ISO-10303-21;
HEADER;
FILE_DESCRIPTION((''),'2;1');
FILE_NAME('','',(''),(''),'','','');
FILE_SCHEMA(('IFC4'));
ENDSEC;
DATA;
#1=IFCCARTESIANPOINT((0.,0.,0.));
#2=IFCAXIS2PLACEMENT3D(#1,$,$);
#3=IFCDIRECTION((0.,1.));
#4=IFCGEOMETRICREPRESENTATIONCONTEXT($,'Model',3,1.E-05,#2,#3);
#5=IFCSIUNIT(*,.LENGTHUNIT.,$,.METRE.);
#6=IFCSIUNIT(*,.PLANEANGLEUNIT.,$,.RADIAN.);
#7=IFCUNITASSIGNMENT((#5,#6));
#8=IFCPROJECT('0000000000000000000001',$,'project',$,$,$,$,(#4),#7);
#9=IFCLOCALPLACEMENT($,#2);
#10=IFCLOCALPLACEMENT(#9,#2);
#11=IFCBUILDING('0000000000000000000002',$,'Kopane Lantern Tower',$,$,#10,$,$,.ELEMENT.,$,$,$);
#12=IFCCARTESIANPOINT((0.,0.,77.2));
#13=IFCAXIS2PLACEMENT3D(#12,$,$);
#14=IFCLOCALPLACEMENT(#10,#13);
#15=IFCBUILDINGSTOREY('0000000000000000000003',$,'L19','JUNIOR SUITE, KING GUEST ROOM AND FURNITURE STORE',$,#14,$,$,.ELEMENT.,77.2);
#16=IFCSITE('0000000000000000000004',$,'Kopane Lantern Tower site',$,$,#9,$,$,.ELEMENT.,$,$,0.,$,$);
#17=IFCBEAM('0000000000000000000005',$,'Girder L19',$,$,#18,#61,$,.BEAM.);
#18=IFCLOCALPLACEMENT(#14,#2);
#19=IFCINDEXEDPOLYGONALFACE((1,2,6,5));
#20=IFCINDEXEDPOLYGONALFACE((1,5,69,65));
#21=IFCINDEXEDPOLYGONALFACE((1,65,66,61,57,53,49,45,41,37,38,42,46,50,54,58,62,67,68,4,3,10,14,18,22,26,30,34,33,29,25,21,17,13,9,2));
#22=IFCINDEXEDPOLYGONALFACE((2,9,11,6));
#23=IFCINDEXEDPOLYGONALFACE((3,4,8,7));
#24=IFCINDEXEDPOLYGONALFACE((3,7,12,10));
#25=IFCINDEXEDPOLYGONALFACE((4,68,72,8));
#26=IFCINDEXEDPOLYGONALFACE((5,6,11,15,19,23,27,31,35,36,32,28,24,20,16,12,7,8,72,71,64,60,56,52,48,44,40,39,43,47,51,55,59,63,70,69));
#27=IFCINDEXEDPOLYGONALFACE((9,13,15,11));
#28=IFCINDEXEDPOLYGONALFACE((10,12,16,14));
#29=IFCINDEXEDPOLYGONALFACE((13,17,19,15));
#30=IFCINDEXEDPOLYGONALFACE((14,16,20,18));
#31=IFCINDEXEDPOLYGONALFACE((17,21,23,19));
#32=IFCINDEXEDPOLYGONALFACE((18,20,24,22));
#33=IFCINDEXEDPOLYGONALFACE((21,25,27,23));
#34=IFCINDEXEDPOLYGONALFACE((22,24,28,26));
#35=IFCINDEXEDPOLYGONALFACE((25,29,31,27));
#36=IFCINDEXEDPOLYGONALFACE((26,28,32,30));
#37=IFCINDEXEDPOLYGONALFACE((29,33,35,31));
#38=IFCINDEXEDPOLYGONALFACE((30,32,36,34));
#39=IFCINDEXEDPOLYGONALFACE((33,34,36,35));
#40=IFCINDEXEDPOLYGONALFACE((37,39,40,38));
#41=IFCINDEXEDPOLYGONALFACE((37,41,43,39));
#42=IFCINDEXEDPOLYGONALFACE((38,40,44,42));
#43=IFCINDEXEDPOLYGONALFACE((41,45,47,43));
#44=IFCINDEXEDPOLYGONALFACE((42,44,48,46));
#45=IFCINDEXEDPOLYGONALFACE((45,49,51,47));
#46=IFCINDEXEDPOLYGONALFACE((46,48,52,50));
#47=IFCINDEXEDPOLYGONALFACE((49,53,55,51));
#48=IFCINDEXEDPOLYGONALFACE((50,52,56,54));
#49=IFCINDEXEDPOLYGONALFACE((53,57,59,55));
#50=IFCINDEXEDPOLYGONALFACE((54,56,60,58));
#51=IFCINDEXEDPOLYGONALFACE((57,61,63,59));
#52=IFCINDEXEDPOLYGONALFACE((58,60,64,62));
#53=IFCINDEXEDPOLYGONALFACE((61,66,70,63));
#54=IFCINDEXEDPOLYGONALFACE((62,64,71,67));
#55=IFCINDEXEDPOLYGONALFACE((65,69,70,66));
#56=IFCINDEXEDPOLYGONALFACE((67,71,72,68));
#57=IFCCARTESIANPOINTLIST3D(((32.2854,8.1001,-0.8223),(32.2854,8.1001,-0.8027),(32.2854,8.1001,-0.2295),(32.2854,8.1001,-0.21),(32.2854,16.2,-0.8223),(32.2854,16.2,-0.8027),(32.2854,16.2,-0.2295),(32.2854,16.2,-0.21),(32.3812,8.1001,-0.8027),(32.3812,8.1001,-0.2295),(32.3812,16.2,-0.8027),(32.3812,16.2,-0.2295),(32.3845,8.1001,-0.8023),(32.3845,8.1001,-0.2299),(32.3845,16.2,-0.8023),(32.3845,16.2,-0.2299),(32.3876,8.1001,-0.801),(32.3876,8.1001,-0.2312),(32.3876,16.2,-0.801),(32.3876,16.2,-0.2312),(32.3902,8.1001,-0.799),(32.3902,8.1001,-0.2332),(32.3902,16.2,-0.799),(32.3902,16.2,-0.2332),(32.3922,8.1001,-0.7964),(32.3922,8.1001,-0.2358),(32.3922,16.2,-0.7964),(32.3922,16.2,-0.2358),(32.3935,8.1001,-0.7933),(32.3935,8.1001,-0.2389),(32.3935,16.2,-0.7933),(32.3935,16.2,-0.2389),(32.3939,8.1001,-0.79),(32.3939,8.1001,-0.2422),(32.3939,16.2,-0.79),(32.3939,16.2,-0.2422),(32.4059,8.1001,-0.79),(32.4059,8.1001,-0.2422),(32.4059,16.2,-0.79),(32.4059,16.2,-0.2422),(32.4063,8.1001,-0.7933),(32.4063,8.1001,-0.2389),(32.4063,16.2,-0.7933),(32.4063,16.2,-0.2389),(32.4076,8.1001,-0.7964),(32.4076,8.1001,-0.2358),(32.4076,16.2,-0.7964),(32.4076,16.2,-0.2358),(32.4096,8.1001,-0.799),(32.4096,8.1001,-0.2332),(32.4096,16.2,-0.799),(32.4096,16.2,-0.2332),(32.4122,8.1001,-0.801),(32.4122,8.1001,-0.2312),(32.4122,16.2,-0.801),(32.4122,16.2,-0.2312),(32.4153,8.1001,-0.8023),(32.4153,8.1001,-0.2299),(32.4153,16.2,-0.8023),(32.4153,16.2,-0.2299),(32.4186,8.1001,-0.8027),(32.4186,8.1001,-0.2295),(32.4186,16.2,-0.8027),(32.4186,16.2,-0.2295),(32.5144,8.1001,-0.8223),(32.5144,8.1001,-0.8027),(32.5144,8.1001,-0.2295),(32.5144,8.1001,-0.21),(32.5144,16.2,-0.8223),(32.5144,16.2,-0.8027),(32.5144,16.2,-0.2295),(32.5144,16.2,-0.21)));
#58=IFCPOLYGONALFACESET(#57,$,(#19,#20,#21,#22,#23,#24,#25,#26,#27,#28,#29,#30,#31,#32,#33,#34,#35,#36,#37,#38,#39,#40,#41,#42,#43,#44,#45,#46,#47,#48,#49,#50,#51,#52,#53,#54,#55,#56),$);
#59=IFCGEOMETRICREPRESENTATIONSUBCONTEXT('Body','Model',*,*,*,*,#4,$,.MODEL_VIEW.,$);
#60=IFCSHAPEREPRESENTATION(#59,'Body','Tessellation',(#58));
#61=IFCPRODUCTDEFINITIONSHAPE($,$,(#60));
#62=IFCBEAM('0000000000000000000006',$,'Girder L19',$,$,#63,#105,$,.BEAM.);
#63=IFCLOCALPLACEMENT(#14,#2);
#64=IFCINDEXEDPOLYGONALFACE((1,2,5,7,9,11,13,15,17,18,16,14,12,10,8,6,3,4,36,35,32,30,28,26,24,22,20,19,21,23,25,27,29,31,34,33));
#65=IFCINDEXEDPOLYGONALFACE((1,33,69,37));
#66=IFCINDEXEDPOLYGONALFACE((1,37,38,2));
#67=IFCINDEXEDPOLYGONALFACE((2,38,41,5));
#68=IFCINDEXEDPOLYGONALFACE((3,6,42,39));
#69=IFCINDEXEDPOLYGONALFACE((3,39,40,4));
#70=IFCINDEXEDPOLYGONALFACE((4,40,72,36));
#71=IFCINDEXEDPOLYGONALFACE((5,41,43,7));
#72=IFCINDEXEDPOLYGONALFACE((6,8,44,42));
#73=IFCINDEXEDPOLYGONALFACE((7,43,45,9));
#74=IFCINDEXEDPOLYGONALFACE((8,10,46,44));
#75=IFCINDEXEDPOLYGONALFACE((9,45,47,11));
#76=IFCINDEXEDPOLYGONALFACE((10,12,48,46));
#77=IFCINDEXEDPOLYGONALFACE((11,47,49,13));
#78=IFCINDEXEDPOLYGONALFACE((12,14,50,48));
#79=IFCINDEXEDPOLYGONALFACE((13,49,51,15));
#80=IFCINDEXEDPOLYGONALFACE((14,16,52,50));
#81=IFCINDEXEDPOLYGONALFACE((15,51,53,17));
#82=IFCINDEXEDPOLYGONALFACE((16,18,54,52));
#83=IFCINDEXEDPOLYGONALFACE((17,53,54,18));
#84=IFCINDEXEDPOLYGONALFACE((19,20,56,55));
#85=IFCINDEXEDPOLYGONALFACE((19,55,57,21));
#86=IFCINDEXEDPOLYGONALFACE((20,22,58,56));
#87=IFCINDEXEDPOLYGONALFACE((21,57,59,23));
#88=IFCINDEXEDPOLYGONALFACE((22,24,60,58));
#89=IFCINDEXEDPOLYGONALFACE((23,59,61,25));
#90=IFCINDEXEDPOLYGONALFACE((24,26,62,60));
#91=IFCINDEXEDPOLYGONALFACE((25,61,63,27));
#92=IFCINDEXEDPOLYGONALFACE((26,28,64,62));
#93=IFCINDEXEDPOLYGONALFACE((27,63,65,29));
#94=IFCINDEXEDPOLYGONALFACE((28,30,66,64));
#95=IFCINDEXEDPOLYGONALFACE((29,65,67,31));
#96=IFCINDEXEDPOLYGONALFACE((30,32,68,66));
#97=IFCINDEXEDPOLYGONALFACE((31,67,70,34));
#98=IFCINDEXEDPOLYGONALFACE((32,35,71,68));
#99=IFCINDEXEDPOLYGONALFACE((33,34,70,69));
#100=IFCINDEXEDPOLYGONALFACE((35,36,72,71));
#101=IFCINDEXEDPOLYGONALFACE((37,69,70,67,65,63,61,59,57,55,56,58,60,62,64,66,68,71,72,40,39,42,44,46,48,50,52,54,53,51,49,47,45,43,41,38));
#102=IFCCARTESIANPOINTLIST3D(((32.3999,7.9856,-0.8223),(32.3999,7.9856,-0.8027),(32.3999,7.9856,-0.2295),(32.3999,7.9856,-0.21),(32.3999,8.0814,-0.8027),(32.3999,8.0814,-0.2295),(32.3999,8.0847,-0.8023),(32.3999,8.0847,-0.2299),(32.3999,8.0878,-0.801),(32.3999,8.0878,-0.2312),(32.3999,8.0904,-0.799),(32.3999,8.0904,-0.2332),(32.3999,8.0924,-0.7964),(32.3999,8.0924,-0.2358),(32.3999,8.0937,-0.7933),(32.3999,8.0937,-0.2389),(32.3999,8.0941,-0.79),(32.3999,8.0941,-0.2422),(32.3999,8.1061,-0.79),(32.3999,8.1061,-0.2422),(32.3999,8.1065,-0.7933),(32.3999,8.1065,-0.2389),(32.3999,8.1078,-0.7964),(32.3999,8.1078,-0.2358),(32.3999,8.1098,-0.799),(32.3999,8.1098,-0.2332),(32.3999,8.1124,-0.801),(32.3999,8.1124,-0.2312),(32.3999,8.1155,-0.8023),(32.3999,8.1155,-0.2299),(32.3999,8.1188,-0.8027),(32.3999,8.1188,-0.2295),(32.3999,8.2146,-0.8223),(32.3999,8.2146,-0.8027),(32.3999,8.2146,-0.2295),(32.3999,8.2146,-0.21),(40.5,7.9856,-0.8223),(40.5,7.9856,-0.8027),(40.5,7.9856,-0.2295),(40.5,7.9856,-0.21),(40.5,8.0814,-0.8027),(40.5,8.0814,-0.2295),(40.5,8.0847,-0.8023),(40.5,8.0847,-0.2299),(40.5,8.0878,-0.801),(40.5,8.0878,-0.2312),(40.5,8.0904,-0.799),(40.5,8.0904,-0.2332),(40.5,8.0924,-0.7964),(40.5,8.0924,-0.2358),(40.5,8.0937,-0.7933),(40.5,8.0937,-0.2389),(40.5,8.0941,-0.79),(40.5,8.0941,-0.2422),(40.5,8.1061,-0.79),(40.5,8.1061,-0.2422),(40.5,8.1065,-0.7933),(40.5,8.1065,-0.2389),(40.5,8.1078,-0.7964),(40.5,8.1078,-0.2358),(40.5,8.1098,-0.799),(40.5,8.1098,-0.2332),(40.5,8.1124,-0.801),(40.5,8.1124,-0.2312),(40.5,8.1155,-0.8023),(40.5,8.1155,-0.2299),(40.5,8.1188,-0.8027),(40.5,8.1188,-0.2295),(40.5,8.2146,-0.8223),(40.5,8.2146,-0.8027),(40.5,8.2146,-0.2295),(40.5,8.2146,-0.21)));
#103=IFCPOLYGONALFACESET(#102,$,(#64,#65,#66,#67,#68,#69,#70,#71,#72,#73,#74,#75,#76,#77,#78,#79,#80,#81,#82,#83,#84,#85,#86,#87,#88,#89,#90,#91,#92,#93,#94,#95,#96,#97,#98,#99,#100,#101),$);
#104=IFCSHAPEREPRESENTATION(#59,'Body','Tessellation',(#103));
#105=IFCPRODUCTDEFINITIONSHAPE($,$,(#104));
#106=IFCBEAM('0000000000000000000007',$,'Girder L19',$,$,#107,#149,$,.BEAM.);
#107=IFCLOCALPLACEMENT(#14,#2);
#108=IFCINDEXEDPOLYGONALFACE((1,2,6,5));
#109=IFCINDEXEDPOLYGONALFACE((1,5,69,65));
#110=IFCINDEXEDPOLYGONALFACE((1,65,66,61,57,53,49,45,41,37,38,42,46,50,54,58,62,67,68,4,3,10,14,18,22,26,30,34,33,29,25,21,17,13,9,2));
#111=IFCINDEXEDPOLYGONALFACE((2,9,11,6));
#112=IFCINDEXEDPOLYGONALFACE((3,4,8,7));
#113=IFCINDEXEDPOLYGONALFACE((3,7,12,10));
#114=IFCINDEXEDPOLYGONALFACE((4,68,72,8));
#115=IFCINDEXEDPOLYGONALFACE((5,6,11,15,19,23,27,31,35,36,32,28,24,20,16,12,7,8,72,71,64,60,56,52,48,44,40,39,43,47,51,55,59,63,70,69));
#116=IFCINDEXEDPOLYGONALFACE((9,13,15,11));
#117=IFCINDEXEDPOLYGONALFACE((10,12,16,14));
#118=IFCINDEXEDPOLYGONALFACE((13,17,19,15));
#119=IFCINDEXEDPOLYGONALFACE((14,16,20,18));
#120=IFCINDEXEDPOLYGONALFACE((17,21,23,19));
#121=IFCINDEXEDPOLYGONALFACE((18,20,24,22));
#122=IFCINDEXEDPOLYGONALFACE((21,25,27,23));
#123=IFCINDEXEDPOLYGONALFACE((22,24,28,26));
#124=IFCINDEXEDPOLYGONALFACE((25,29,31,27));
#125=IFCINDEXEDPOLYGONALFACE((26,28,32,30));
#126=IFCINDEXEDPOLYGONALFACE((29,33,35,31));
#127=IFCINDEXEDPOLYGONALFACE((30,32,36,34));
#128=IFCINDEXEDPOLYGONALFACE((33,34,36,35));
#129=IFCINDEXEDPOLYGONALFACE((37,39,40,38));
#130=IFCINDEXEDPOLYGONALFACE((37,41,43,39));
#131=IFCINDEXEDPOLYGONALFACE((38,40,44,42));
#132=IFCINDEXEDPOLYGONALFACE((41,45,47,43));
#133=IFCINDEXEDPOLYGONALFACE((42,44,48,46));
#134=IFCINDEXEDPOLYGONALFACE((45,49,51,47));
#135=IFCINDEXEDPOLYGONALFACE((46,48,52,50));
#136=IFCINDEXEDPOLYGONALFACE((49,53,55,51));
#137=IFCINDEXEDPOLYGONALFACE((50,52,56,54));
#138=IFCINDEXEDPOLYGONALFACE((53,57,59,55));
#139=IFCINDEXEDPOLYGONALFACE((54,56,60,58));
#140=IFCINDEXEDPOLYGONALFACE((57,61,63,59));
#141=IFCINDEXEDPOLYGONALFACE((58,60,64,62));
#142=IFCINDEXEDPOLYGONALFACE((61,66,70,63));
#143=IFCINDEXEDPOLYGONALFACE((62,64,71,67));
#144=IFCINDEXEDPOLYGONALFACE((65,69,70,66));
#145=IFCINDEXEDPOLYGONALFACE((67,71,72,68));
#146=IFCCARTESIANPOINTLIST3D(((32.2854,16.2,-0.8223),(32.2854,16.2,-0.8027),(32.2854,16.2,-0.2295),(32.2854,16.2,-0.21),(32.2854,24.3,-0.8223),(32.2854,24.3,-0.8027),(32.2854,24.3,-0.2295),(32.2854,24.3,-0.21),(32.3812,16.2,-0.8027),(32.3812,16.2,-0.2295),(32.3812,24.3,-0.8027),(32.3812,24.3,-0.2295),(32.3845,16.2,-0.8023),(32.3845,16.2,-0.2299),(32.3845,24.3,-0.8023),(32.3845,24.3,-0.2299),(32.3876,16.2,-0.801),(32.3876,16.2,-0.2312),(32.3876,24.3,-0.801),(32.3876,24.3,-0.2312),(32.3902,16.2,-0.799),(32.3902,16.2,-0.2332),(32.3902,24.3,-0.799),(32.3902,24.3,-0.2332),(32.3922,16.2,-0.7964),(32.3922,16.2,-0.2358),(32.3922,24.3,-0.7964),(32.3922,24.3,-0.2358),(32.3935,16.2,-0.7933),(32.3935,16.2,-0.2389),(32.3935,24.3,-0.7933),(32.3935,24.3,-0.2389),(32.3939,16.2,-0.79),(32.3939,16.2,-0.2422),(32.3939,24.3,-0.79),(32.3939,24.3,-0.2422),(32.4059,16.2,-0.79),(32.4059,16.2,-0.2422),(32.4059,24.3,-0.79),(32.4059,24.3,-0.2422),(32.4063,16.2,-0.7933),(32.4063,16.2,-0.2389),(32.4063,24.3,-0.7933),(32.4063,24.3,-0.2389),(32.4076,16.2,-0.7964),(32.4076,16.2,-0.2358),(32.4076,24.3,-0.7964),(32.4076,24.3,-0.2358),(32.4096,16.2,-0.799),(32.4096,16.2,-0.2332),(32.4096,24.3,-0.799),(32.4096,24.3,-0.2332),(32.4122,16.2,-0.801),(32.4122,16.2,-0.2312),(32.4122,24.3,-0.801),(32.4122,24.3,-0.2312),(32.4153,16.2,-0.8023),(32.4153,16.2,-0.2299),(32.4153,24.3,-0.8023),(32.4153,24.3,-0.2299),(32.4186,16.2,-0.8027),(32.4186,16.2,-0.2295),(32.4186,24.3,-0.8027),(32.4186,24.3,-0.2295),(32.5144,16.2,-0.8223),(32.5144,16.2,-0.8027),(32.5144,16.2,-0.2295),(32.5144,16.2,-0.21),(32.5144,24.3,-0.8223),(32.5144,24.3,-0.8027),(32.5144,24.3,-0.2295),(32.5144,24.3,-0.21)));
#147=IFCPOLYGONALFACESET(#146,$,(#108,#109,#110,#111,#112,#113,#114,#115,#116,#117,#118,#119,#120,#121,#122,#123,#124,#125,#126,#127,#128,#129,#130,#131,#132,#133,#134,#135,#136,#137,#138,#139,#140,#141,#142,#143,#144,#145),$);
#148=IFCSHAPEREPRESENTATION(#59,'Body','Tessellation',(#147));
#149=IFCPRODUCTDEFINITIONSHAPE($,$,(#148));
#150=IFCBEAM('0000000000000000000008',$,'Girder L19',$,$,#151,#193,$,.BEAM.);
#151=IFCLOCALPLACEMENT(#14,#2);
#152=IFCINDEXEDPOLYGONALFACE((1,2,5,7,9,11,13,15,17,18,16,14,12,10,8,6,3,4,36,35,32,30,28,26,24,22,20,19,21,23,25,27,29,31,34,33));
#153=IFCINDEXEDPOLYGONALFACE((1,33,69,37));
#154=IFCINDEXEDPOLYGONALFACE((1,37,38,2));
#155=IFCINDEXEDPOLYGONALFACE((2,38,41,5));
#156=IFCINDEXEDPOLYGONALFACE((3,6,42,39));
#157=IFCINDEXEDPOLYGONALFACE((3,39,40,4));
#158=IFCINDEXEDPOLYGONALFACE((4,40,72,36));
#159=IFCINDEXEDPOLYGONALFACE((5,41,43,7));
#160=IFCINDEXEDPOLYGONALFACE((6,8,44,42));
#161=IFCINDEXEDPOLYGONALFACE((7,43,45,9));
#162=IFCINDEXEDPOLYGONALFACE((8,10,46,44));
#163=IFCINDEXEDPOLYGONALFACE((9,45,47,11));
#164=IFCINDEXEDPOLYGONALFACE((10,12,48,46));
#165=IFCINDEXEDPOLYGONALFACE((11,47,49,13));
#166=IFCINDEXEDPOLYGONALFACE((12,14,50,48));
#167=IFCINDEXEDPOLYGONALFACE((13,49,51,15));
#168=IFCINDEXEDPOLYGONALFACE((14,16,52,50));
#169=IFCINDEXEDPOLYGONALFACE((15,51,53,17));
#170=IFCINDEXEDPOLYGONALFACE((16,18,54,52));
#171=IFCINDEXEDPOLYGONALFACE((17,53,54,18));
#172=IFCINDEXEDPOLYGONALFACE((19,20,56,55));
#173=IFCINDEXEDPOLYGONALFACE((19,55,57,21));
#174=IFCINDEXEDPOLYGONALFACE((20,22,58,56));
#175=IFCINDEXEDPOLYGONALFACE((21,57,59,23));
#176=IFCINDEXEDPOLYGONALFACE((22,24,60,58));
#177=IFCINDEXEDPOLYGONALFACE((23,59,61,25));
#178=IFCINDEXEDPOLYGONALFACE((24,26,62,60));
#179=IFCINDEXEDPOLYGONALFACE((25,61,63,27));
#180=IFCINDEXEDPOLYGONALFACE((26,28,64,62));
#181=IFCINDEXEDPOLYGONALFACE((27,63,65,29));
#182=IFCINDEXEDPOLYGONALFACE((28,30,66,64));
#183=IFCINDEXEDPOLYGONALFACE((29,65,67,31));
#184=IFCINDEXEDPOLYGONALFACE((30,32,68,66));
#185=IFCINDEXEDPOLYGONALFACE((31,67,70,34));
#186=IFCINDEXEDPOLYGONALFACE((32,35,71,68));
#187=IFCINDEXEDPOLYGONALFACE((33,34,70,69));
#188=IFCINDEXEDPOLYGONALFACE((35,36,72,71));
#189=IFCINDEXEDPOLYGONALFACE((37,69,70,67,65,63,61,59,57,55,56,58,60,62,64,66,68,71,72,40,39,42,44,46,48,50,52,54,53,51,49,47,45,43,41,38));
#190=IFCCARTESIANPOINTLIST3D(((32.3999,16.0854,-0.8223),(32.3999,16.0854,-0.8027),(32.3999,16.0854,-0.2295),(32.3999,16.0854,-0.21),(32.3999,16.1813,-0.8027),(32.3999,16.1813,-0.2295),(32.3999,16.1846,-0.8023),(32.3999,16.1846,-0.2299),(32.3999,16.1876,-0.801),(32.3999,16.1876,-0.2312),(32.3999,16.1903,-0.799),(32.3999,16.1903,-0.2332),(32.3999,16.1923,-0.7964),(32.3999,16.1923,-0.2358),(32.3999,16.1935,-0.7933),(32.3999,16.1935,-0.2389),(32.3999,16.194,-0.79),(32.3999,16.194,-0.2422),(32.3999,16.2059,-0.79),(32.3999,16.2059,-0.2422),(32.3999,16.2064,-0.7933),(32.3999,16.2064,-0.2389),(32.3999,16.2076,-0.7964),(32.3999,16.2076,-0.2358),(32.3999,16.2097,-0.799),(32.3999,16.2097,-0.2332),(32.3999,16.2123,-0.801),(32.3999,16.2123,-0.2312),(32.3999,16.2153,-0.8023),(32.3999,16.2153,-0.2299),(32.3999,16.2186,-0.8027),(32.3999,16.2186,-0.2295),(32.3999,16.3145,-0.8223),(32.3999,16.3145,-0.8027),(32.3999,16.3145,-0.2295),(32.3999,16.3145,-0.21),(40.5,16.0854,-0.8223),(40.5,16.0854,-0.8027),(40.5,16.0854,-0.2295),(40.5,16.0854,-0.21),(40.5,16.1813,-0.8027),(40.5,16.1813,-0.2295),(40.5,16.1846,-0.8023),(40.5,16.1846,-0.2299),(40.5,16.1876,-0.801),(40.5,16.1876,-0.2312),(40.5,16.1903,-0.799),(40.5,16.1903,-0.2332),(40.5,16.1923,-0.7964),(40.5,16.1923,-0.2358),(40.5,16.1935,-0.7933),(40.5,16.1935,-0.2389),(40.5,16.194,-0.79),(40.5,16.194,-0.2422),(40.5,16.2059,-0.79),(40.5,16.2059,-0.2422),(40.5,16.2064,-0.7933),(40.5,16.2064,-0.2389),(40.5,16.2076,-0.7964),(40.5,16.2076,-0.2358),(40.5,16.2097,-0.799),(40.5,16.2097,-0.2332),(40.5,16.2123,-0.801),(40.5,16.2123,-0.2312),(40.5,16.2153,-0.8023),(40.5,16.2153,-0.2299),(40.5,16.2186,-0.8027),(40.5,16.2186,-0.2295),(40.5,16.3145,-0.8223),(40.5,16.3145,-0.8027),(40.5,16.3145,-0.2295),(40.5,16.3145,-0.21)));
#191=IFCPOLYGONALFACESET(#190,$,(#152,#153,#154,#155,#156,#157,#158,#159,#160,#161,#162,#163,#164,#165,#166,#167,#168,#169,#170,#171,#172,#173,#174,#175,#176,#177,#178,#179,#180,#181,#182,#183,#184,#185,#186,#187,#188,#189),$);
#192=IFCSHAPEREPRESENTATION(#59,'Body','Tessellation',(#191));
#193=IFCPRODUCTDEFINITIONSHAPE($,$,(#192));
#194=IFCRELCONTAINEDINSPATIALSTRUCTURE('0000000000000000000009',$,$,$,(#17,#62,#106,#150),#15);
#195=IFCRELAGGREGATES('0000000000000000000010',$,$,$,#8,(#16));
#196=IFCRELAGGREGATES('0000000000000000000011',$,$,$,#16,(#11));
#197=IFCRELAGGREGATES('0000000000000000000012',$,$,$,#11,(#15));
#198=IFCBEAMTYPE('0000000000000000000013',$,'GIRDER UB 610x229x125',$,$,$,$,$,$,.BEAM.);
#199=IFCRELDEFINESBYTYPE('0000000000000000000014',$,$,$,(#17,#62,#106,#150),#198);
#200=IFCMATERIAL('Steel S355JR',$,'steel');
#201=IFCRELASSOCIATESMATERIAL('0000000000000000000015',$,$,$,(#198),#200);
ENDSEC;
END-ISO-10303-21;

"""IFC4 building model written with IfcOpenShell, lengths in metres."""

from ifc_helpers import new_model, si_unit, direction, frame, origin, origin_2d, place, context, subcontext, project, spatial, i_section, extrude, material, material_profile, profile_set, type_object, element, save


model = new_model("IFC4")

# Units and contexts
model_context = context("Model", 3, precision=1e-05, world=origin(), true_north=direction((0.0, 1.0)))
body_context = subcontext(model_context, "Body", "Model", "MODEL_VIEW")
ifc_project = project(units=[si_unit("LENGTHUNIT", "METRE"), si_unit("PLANEANGLEUNIT", "RADIAN")], contexts=[model_context])

# Site, building, storey
site_placement = place(None, origin())
site = spatial("IfcSite", under=ifc_project, at=site_placement, Name="Kopane Lantern Tower site", CompositionType="ELEMENT", RefElevation=0.0)
building_placement = place(site_placement, origin())
building = spatial("IfcBuilding", under=site, at=building_placement, Name="Kopane Lantern Tower", CompositionType="ELEMENT")
storey_placement = place(building_placement, frame((0.0, 0.0, 77.2)))
storey = spatial("IfcBuildingStorey", under=building, at=storey_placement, Name="L19", Description="JUNIOR SUITE, KING GUEST ROOM AND FURNITURE STORE", CompositionType="ELEMENT", Elevation=77.2)

# Beams
ifc_material_1 = material(Name="Steel S355JR", Category="steel")
ifc_material_profile_1 = material_profile(ifc_material_1, i_section(OverallWidth=0.229, OverallDepth=0.6123, WebThickness=0.012, FlangeThickness=0.0195, FilletRadius=0.0127, at=origin_2d()), Name="UB 610x229x125")
ifc_profile_set_1 = profile_set([ifc_material_profile_1], Name="Steel S355JR")
beam_type = type_object("IfcBeamType", Name="GIRDER UB 610x229x125", PredefinedType="BEAM", material=ifc_profile_set_1)
beam_1_placement = place(storey_placement, frame((32.3999, 8.1001, -0.5161), z_axis=(0.0, 1.0, 0.0), x_axis=(-1.0, 0.0, 0.0)))
element("IfcBeam", 1, at=beam_1_placement, inside=storey, type_object=beam_type, Name="Girder L19", PredefinedType="BEAM", context=body_context, shape_type="SweptSolid", body=[
    extrude(i_section(OverallWidth=0.229, OverallDepth=0.6123, WebThickness=0.012, FlangeThickness=0.0195, FilletRadius=0.0127, at=origin_2d()), origin(), (0.0, 0.0, 1.0), 8.0999),
])
for number, where, z_axis, x_axis, name in (
    (2, (32.3999, 8.1001, -0.5161), (1.0, 0.0, 0.0), (0.0, 1.0, 0.0), "Girder L19"),
    (3, (32.3999, 16.2, -0.5161), (0.0, 1.0, 0.0), (-1.0, 0.0, 0.0), "Girder L19"),
    (4, (32.3999, 16.2, -0.5161), (1.0, 0.0, 0.0), (0.0, 1.0, 0.0), "Girder L19"),
):
    element("IfcBeam", number, at=place(storey_placement, frame(where, z_axis=z_axis, x_axis=x_axis)), inside=storey, type_object=beam_type, Name=name, PredefinedType="BEAM", context=body_context, shape_type="SweptSolid", body=[
        extrude(i_section(OverallWidth=0.229, OverallDepth=0.6123, WebThickness=0.012, FlangeThickness=0.0195, FilletRadius=0.0127, at=origin_2d()), origin(), (0.0, 0.0, 1.0), 8.1001),
    ])

save(model, "model.ifc")
